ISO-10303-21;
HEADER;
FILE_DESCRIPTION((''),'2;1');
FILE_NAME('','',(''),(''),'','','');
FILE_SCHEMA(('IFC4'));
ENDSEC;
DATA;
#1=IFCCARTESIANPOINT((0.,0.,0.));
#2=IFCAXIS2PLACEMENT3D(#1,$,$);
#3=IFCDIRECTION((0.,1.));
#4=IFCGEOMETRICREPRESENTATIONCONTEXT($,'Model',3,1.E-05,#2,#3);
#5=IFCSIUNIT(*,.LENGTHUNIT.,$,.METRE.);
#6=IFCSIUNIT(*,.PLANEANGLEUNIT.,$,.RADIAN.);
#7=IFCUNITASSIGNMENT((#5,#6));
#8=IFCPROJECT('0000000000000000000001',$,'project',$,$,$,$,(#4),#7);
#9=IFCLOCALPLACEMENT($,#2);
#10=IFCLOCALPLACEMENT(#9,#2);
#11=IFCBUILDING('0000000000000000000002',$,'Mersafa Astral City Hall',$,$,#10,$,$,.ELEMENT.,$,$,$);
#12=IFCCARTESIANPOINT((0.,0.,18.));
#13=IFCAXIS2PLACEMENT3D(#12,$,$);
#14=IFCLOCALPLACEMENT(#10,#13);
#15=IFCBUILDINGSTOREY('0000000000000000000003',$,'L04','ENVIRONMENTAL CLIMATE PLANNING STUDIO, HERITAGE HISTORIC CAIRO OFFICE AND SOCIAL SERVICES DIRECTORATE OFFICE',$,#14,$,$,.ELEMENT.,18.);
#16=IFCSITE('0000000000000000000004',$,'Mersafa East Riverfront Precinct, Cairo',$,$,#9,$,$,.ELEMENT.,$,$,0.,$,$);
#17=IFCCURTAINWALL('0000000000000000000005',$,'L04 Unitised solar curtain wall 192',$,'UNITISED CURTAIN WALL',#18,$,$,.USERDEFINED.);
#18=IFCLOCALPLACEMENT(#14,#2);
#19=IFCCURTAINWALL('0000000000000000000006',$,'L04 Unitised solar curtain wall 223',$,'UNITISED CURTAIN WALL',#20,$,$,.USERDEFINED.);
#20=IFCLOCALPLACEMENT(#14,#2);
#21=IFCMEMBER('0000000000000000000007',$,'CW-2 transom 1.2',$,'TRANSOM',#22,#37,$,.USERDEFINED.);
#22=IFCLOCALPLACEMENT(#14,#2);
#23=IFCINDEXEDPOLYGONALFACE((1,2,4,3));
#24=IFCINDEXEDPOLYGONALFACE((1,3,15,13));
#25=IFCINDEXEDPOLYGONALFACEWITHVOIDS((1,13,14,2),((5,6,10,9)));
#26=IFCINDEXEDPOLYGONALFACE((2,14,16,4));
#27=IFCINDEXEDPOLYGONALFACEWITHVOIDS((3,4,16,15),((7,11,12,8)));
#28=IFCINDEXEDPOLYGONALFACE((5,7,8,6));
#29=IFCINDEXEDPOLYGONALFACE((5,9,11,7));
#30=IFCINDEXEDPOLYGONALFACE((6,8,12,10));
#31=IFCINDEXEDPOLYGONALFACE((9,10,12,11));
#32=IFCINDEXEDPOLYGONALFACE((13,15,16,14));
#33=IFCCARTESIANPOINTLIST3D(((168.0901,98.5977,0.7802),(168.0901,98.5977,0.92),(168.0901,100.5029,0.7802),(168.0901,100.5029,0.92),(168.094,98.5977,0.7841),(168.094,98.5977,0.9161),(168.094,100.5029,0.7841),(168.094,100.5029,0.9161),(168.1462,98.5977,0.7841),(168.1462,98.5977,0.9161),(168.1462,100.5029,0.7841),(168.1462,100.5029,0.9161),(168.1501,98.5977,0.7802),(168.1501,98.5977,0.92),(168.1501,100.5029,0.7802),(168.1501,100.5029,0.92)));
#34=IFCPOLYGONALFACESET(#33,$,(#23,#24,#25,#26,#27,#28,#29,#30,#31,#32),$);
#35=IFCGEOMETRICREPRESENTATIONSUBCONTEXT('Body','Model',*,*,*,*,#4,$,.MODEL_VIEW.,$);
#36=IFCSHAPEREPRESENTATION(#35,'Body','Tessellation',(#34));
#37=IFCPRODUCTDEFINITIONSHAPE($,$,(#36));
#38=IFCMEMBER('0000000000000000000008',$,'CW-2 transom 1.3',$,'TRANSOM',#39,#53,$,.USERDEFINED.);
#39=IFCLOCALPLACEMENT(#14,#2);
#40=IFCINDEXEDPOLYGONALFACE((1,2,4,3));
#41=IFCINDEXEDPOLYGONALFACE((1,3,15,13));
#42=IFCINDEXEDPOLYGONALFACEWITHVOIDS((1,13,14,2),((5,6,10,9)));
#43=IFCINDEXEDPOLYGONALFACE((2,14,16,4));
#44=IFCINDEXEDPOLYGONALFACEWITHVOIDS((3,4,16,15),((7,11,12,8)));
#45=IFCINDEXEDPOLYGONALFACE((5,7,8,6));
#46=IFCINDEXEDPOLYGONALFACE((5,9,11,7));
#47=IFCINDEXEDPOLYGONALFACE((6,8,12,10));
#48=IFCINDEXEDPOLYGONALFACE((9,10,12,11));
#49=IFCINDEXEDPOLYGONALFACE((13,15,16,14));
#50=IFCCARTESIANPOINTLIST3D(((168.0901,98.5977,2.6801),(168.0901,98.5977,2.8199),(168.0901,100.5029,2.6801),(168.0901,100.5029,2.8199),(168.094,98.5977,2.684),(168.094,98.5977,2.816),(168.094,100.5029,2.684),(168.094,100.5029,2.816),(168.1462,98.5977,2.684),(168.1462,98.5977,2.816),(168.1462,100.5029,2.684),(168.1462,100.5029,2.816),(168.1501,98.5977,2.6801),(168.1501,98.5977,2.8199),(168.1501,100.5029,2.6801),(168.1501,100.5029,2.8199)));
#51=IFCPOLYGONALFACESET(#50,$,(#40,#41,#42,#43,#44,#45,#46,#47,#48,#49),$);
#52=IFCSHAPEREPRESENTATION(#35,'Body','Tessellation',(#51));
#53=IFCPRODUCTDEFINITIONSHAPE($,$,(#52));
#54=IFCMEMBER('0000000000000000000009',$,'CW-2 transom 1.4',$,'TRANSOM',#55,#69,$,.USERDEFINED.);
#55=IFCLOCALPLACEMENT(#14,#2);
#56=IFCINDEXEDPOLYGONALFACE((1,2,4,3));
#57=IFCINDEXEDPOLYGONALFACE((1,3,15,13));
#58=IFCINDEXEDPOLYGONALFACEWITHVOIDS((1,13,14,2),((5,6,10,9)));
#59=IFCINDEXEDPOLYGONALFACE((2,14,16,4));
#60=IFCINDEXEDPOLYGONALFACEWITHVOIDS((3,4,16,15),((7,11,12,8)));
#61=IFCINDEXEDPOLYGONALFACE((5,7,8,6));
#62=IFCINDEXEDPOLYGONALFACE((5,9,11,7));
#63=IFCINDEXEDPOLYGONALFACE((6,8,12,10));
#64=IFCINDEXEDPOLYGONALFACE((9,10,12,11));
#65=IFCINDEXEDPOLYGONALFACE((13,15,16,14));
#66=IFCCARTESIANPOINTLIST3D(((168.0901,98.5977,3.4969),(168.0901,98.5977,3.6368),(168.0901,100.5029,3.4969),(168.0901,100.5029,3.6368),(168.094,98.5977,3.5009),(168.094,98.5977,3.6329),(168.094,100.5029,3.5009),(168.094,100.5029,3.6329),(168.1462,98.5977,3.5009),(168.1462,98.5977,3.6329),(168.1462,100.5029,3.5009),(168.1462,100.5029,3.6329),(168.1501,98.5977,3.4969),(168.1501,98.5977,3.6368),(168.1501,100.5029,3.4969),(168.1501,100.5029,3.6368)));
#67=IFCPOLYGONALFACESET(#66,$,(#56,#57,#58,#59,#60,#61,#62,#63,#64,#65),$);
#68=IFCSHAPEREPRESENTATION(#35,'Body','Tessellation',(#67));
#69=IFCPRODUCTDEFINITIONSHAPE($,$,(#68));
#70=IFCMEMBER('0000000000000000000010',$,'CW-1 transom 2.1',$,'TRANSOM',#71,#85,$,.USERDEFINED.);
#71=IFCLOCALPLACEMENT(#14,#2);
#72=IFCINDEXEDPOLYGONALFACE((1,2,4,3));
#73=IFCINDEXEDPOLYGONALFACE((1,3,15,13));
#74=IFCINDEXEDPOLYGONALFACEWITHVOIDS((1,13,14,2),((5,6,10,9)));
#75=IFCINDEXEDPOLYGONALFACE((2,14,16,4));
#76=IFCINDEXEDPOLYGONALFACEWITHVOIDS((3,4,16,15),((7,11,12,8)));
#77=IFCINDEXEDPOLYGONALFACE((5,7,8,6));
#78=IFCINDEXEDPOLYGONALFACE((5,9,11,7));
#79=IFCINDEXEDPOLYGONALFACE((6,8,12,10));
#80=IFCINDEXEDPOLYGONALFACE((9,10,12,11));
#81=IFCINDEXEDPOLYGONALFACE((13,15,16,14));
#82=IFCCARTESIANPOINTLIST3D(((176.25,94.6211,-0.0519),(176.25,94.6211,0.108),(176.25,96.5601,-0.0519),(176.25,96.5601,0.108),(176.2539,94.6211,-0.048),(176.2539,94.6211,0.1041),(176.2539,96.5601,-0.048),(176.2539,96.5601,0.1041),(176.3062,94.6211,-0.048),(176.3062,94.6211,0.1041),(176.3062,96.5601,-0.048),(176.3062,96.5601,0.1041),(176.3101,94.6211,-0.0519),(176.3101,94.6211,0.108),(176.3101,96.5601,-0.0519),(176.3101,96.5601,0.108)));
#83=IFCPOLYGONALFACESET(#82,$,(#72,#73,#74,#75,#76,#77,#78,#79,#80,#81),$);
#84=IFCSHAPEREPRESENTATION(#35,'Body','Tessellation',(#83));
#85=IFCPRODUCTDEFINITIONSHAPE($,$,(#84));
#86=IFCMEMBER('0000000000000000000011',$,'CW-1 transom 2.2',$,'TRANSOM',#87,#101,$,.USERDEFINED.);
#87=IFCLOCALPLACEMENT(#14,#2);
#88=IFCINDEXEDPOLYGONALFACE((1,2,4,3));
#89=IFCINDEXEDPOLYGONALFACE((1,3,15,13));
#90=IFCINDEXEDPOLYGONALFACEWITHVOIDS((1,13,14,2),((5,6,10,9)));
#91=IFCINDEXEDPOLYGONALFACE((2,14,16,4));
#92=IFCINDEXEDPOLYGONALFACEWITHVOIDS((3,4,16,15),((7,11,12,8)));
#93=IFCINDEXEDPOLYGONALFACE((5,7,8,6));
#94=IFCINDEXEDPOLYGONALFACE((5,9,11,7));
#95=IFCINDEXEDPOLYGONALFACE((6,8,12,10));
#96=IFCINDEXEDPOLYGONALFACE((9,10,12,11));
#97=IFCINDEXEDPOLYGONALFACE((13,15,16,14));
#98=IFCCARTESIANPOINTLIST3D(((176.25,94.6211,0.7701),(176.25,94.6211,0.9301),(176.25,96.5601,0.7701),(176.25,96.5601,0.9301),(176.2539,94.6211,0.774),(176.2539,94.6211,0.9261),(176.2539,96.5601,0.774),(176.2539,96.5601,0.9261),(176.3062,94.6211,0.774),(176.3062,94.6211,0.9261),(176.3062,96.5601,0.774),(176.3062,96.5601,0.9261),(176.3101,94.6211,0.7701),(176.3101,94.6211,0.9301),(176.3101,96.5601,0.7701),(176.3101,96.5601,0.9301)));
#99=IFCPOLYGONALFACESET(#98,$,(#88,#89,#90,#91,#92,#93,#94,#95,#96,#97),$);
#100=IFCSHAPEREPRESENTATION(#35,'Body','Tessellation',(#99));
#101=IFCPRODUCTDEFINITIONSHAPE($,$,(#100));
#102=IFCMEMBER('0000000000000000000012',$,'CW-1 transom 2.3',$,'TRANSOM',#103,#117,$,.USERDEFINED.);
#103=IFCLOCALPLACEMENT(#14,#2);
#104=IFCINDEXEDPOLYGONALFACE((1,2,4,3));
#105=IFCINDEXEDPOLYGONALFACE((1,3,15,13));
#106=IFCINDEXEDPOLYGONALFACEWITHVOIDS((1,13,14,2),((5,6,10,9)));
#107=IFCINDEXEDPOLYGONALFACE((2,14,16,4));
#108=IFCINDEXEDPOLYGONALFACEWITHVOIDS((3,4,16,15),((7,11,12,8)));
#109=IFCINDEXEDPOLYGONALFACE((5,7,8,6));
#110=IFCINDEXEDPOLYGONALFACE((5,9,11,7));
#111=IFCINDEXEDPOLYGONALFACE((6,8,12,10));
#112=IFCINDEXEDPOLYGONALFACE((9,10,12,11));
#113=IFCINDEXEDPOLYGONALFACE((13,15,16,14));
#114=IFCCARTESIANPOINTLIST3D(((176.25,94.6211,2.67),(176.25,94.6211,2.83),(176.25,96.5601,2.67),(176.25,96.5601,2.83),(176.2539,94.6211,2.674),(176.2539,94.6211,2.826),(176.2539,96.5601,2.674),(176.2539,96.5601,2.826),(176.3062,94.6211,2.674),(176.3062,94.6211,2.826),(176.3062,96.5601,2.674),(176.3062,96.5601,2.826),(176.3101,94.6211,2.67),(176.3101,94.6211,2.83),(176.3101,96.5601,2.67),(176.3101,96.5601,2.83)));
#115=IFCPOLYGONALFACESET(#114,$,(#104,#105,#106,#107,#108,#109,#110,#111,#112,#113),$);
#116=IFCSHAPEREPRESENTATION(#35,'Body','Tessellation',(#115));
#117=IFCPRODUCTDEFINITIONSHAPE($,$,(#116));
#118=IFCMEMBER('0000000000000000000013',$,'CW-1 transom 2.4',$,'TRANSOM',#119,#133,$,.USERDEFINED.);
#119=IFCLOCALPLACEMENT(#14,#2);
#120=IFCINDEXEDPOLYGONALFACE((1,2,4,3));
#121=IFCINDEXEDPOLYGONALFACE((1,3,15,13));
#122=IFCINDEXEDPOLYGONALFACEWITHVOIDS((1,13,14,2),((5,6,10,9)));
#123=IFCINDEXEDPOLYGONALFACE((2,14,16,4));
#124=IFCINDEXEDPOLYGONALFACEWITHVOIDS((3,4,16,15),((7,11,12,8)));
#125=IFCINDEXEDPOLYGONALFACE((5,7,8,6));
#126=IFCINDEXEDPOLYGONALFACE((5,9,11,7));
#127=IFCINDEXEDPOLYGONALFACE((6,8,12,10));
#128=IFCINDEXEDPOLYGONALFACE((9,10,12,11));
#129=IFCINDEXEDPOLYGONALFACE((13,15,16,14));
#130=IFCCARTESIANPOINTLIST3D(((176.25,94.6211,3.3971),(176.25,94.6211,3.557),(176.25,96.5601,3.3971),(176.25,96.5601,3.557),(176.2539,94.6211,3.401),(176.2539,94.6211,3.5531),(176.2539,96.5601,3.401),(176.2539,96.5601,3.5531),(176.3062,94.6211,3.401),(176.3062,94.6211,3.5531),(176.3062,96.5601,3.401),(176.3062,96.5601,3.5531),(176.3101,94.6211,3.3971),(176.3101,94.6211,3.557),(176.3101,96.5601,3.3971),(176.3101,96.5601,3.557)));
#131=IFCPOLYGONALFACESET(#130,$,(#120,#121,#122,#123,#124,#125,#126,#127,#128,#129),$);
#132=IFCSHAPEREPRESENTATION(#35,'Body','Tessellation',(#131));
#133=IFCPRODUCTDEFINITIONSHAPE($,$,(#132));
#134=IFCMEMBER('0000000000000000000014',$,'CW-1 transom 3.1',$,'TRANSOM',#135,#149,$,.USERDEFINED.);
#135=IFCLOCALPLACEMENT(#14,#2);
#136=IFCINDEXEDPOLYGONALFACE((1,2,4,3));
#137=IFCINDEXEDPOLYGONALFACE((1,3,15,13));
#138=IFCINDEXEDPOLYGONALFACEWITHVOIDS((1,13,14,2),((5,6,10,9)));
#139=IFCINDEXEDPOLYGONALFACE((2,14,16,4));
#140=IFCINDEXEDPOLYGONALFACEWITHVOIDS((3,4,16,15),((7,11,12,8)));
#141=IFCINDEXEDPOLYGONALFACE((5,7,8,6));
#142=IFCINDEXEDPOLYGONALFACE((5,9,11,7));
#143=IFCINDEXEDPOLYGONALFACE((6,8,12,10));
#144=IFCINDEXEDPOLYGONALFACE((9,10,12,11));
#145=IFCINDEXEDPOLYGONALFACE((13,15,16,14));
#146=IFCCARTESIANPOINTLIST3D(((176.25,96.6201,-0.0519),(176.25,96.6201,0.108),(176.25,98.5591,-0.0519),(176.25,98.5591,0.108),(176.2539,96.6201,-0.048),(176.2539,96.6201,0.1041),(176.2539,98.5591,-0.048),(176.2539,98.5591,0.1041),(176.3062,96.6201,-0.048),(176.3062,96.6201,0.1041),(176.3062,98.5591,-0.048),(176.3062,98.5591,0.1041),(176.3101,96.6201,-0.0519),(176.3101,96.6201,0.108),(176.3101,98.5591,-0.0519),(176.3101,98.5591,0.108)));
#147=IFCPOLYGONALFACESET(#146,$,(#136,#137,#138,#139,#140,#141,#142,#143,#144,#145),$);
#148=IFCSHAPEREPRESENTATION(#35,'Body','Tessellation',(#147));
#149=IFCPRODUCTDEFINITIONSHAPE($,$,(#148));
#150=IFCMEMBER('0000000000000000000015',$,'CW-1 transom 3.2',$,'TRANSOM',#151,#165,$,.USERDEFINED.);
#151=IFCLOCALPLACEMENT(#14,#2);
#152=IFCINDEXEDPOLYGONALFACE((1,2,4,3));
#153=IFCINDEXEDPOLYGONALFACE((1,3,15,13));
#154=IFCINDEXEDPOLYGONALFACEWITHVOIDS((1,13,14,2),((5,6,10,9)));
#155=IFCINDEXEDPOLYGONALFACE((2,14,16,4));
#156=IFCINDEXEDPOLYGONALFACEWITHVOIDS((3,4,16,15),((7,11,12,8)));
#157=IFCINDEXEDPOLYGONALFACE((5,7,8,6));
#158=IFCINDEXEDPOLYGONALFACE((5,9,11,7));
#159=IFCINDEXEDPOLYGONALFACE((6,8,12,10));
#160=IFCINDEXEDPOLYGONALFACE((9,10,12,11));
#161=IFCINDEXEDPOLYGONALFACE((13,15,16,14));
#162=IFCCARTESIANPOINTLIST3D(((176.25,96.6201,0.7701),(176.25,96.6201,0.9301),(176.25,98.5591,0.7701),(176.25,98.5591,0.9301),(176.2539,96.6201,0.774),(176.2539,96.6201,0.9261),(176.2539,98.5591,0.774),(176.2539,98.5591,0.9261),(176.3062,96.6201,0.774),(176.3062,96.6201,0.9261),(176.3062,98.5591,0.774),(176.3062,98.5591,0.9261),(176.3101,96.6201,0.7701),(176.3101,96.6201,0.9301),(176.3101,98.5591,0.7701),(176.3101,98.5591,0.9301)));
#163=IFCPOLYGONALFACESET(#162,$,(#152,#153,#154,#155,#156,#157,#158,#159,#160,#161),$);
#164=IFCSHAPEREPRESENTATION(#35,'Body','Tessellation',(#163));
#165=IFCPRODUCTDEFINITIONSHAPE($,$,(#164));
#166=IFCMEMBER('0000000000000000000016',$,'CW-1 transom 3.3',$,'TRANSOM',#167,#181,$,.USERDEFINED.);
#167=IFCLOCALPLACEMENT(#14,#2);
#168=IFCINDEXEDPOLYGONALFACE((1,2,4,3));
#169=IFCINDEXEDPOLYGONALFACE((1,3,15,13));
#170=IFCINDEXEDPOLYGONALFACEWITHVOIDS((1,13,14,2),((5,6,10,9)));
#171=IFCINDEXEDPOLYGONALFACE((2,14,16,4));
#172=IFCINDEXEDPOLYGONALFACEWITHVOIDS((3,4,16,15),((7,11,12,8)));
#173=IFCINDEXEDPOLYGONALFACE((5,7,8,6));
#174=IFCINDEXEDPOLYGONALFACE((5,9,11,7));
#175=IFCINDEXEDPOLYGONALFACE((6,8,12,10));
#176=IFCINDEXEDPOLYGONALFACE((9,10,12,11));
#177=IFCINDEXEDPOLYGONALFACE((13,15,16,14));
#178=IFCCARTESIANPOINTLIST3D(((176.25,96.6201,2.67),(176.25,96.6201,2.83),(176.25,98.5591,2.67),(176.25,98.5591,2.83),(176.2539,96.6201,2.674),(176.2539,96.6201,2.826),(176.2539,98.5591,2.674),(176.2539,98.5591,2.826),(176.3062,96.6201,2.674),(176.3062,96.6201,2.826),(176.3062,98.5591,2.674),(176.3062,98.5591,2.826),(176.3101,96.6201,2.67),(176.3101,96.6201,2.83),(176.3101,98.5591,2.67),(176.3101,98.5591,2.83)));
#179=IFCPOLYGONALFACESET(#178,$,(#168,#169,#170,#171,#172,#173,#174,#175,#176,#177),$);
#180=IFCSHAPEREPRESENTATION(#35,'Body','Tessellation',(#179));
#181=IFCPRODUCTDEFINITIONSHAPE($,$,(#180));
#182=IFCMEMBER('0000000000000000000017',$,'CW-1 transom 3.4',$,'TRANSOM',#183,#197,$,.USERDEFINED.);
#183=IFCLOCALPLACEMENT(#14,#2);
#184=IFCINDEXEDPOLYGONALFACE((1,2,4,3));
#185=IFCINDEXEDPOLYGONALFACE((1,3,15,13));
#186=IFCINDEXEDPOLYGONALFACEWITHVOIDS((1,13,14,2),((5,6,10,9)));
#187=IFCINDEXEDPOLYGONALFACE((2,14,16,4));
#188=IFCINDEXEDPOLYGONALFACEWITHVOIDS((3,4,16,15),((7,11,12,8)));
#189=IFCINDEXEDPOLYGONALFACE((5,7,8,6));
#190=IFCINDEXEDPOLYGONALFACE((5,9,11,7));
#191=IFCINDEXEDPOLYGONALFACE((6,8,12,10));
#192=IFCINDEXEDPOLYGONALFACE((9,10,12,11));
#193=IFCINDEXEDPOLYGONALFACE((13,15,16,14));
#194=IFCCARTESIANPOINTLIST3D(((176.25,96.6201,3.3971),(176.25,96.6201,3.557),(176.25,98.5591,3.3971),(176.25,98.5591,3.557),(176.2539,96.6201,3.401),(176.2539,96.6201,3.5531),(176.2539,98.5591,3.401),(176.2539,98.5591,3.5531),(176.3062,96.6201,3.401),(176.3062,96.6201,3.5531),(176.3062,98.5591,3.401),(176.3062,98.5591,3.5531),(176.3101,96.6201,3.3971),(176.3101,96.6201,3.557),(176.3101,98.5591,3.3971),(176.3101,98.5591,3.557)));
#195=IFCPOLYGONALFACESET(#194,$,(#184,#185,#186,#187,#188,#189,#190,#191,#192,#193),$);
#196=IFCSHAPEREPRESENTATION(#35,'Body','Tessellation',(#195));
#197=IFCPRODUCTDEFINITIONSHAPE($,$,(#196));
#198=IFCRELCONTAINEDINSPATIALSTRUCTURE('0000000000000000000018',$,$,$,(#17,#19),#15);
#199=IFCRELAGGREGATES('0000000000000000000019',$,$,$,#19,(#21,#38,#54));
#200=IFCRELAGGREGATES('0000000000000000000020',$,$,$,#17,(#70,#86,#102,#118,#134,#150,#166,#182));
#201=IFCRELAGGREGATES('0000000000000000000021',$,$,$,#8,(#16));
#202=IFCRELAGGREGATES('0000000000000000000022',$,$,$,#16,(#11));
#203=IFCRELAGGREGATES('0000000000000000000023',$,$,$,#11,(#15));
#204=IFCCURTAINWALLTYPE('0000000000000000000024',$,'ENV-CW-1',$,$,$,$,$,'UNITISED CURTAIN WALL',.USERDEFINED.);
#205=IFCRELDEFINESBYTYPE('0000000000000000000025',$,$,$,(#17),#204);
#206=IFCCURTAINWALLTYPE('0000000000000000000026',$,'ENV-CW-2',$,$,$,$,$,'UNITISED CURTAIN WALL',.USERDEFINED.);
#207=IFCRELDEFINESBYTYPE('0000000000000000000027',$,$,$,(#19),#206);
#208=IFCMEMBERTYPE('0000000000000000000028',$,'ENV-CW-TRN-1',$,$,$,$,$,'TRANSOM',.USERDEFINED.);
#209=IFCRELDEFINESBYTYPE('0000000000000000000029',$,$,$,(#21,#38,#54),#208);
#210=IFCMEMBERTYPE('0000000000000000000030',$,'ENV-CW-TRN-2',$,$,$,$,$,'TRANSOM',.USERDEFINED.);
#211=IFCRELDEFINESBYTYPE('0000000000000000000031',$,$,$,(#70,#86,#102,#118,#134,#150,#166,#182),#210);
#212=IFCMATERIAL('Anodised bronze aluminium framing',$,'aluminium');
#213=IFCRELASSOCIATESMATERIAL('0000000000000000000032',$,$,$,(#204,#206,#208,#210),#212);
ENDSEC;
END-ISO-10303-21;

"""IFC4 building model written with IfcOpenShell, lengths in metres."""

from ifc_helpers import new_model, si_unit, direction, frame, origin, origin_2d, place, context, subcontext, project, spatial, hollow_rectangle, extrude, material, material_profile, profile_set, type_object, element, aggregate, save


model = new_model("IFC4")

# Units and contexts
model_context = context("Model", 3, precision=1e-05, world=origin(), true_north=direction((0.0, 1.0)))
body_context = subcontext(model_context, "Body", "Model", "MODEL_VIEW")
ifc_project = project(units=[si_unit("LENGTHUNIT", "METRE"), si_unit("PLANEANGLEUNIT", "RADIAN")], contexts=[model_context])

# Site, building, storey
site_placement = place(None, origin())
site = spatial("IfcSite", under=ifc_project, at=site_placement, Name="Mersafa East Riverfront Precinct, Cairo", CompositionType="ELEMENT", RefElevation=0.0)
building_placement = place(site_placement, origin())
building = spatial("IfcBuilding", under=site, at=building_placement, Name="Mersafa Astral City Hall", CompositionType="ELEMENT")
storey_placement = place(building_placement, frame((0.0, 0.0, 18.0)))
storey = spatial("IfcBuildingStorey", under=building, at=storey_placement, Name="L04", Description="ENVIRONMENTAL CLIMATE PLANNING STUDIO, HERITAGE HISTORIC CAIRO OFFICE AND SOCIAL SERVICES DIRECTORATE OFFICE", CompositionType="ELEMENT", Elevation=18.0)

# Curtain walls, members
ifc_material_1 = material(Name="Anodised bronze aluminium framing", Category="aluminium")
curtain_wall_type_1 = type_object("IfcCurtainWallType", Name="ENV-CW-1", ElementType="UNITISED CURTAIN WALL", PredefinedType="USERDEFINED", material=ifc_material_1)
curtain_wall_1_placement = place(storey_placement, origin())
curtain_wall_1 = element("IfcCurtainWall", 1, at=curtain_wall_1_placement, inside=storey, type_object=curtain_wall_type_1, Name="L04 Unitised solar curtain wall 192", ObjectType="UNITISED CURTAIN WALL", PredefinedType="USERDEFINED")
curtain_wall_type_2 = type_object("IfcCurtainWallType", Name="ENV-CW-2", ElementType="UNITISED CURTAIN WALL", PredefinedType="USERDEFINED", material=ifc_material_1)
curtain_wall_2_placement = place(storey_placement, origin())
curtain_wall_2 = element("IfcCurtainWall", 2, at=curtain_wall_2_placement, inside=storey, type_object=curtain_wall_type_2, Name="L04 Unitised solar curtain wall 223", ObjectType="UNITISED CURTAIN WALL", PredefinedType="USERDEFINED")
ifc_material_profile_1 = material_profile(ifc_material_1, hollow_rectangle(XDim=0.0601, YDim=0.1399, WallThickness=0.0039, at=origin_2d()), Name="RHS 60x140x4")
ifc_profile_set_1 = profile_set([ifc_material_profile_1], Name="Anodised bronze aluminium framing")
member_type_1 = type_object("IfcMemberType", Name="ENV-CW-TRN-1", ElementType="TRANSOM", PredefinedType="USERDEFINED", material=ifc_profile_set_1)
member_1_placement = place(storey_placement, frame((168.1201, 100.5029, 0.8501), z_axis=(0.0, -1.0, 0.0), x_axis=(1.0, 0.0, 0.0)))
member_1 = element("IfcMember", 3, at=member_1_placement, type_object=member_type_1, Name="CW-2 transom 1.2", ObjectType="TRANSOM", PredefinedType="USERDEFINED", context=body_context, shape_type="SweptSolid", body=[
    extrude(hollow_rectangle(XDim=0.0601, YDim=0.1399, WallThickness=0.0039, at=origin_2d()), origin(), (0.0, 0.0, 1.0), 1.9053),
])
member_2_placement = place(storey_placement, frame((168.1201, 100.5029, 2.75), z_axis=(0.0, -1.0, 0.0), x_axis=(1.0, 0.0, 0.0)))
member_2 = element("IfcMember", 4, at=member_2_placement, type_object=member_type_1, Name="CW-2 transom 1.3", ObjectType="TRANSOM", PredefinedType="USERDEFINED", context=body_context, shape_type="SweptSolid", body=[
    extrude(hollow_rectangle(XDim=0.0601, YDim=0.1399, WallThickness=0.0039, at=origin_2d()), origin(), (0.0, 0.0, 1.0), 1.9053),
])
member_3_placement = place(storey_placement, frame((168.1201, 100.5029, 3.5669), z_axis=(0.0, -1.0, 0.0), x_axis=(1.0, 0.0, 0.0)))
member_3 = element("IfcMember", 5, at=member_3_placement, type_object=member_type_1, Name="CW-2 transom 1.4", ObjectType="TRANSOM", PredefinedType="USERDEFINED", context=body_context, shape_type="SweptSolid", body=[
    extrude(hollow_rectangle(XDim=0.0601, YDim=0.1399, WallThickness=0.0039, at=origin_2d()), origin(), (0.0, 0.0, 1.0), 1.9053),
])
aggregate(curtain_wall_2, [member_1, member_2, member_3])

# Members
ifc_material_profile_2 = material_profile(ifc_material_1, hollow_rectangle(XDim=0.0601, YDim=0.1599, WallThickness=0.0039, at=origin_2d()), Name="RHS 60x160x4")
ifc_profile_set_2 = profile_set([ifc_material_profile_2], Name="Anodised bronze aluminium framing")
member_type_2 = type_object("IfcMemberType", Name="ENV-CW-TRN-2", ElementType="TRANSOM", PredefinedType="USERDEFINED", material=ifc_profile_set_2)
member_4_placement = place(storey_placement, frame((176.28, 94.6211, 0.0281), z_axis=(0.0, 1.0, 0.0), x_axis=(-1.0, 0.0, 0.0)))
member_4 = element("IfcMember", 6, at=member_4_placement, type_object=member_type_2, Name="CW-1 transom 2.1", ObjectType="TRANSOM", PredefinedType="USERDEFINED", context=body_context, shape_type="SweptSolid", body=[
    extrude(hollow_rectangle(XDim=0.0601, YDim=0.1599, WallThickness=0.0039, at=origin_2d()), origin(), (0.0, 0.0, 1.0), 1.939),
])
member_5_placement = place(storey_placement, frame((176.28, 94.6211, 0.8501), z_axis=(0.0, 1.0, 0.0), x_axis=(-1.0, 0.0, 0.0)))
member_5 = element("IfcMember", 7, at=member_5_placement, type_object=member_type_2, Name="CW-1 transom 2.2", ObjectType="TRANSOM", PredefinedType="USERDEFINED", context=body_context, shape_type="SweptSolid", body=[
    extrude(hollow_rectangle(XDim=0.0601, YDim=0.1599, WallThickness=0.0039, at=origin_2d()), origin(), (0.0, 0.0, 1.0), 1.939),
])
member_6_placement = place(storey_placement, frame((176.28, 94.6211, 2.75), z_axis=(0.0, 1.0, 0.0), x_axis=(-1.0, 0.0, 0.0)))
member_6 = element("IfcMember", 8, at=member_6_placement, type_object=member_type_2, Name="CW-1 transom 2.3", ObjectType="TRANSOM", PredefinedType="USERDEFINED", context=body_context, shape_type="SweptSolid", body=[
    extrude(hollow_rectangle(XDim=0.0601, YDim=0.1599, WallThickness=0.0039, at=origin_2d()), origin(), (0.0, 0.0, 1.0), 1.939),
])
member_7_placement = place(storey_placement, frame((176.28, 94.6211, 3.4771), z_axis=(0.0, 1.0, 0.0), x_axis=(-1.0, 0.0, 0.0)))
member_7 = element("IfcMember", 9, at=member_7_placement, type_object=member_type_2, Name="CW-1 transom 2.4", ObjectType="TRANSOM", PredefinedType="USERDEFINED", context=body_context, shape_type="SweptSolid", body=[
    extrude(hollow_rectangle(XDim=0.0601, YDim=0.1599, WallThickness=0.0039, at=origin_2d()), origin(), (0.0, 0.0, 1.0), 1.939),
])
member_8_placement = place(storey_placement, frame((176.28, 96.6201, 0.0281), z_axis=(0.0, 1.0, 0.0), x_axis=(-1.0, 0.0, 0.0)))
member_8 = element("IfcMember", 10, at=member_8_placement, type_object=member_type_2, Name="CW-1 transom 3.1", ObjectType="TRANSOM", PredefinedType="USERDEFINED", context=body_context, shape_type="SweptSolid", body=[
    extrude(hollow_rectangle(XDim=0.0601, YDim=0.1599, WallThickness=0.0039, at=origin_2d()), origin(), (0.0, 0.0, 1.0), 1.939),
])
member_9_placement = place(storey_placement, frame((176.28, 96.6201, 0.8501), z_axis=(0.0, 1.0, 0.0), x_axis=(-1.0, 0.0, 0.0)))
member_9 = element("IfcMember", 11, at=member_9_placement, type_object=member_type_2, Name="CW-1 transom 3.2", ObjectType="TRANSOM", PredefinedType="USERDEFINED", context=body_context, shape_type="SweptSolid", body=[
    extrude(hollow_rectangle(XDim=0.0601, YDim=0.1599, WallThickness=0.0039, at=origin_2d()), origin(), (0.0, 0.0, 1.0), 1.939),
])
member_10_placement = place(storey_placement, frame((176.28, 96.6201, 2.75), z_axis=(0.0, 1.0, 0.0), x_axis=(-1.0, 0.0, 0.0)))
member_10 = element("IfcMember", 12, at=member_10_placement, type_object=member_type_2, Name="CW-1 transom 3.3", ObjectType="TRANSOM", PredefinedType="USERDEFINED", context=body_context, shape_type="SweptSolid", body=[
    extrude(hollow_rectangle(XDim=0.0601, YDim=0.1599, WallThickness=0.0039, at=origin_2d()), origin(), (0.0, 0.0, 1.0), 1.939),
])
member_11_placement = place(storey_placement, frame((176.28, 96.6201, 3.4771), z_axis=(0.0, 1.0, 0.0), x_axis=(-1.0, 0.0, 0.0)))
member_11 = element("IfcMember", 13, at=member_11_placement, type_object=member_type_2, Name="CW-1 transom 3.4", ObjectType="TRANSOM", PredefinedType="USERDEFINED", context=body_context, shape_type="SweptSolid", body=[
    extrude(hollow_rectangle(XDim=0.0601, YDim=0.1599, WallThickness=0.0039, at=origin_2d()), origin(), (0.0, 0.0, 1.0), 1.939),
])

aggregate(curtain_wall_1, [member_4, member_5, member_6, member_7, member_8, member_9, member_10, member_11])

save(model, "model.ifc")
